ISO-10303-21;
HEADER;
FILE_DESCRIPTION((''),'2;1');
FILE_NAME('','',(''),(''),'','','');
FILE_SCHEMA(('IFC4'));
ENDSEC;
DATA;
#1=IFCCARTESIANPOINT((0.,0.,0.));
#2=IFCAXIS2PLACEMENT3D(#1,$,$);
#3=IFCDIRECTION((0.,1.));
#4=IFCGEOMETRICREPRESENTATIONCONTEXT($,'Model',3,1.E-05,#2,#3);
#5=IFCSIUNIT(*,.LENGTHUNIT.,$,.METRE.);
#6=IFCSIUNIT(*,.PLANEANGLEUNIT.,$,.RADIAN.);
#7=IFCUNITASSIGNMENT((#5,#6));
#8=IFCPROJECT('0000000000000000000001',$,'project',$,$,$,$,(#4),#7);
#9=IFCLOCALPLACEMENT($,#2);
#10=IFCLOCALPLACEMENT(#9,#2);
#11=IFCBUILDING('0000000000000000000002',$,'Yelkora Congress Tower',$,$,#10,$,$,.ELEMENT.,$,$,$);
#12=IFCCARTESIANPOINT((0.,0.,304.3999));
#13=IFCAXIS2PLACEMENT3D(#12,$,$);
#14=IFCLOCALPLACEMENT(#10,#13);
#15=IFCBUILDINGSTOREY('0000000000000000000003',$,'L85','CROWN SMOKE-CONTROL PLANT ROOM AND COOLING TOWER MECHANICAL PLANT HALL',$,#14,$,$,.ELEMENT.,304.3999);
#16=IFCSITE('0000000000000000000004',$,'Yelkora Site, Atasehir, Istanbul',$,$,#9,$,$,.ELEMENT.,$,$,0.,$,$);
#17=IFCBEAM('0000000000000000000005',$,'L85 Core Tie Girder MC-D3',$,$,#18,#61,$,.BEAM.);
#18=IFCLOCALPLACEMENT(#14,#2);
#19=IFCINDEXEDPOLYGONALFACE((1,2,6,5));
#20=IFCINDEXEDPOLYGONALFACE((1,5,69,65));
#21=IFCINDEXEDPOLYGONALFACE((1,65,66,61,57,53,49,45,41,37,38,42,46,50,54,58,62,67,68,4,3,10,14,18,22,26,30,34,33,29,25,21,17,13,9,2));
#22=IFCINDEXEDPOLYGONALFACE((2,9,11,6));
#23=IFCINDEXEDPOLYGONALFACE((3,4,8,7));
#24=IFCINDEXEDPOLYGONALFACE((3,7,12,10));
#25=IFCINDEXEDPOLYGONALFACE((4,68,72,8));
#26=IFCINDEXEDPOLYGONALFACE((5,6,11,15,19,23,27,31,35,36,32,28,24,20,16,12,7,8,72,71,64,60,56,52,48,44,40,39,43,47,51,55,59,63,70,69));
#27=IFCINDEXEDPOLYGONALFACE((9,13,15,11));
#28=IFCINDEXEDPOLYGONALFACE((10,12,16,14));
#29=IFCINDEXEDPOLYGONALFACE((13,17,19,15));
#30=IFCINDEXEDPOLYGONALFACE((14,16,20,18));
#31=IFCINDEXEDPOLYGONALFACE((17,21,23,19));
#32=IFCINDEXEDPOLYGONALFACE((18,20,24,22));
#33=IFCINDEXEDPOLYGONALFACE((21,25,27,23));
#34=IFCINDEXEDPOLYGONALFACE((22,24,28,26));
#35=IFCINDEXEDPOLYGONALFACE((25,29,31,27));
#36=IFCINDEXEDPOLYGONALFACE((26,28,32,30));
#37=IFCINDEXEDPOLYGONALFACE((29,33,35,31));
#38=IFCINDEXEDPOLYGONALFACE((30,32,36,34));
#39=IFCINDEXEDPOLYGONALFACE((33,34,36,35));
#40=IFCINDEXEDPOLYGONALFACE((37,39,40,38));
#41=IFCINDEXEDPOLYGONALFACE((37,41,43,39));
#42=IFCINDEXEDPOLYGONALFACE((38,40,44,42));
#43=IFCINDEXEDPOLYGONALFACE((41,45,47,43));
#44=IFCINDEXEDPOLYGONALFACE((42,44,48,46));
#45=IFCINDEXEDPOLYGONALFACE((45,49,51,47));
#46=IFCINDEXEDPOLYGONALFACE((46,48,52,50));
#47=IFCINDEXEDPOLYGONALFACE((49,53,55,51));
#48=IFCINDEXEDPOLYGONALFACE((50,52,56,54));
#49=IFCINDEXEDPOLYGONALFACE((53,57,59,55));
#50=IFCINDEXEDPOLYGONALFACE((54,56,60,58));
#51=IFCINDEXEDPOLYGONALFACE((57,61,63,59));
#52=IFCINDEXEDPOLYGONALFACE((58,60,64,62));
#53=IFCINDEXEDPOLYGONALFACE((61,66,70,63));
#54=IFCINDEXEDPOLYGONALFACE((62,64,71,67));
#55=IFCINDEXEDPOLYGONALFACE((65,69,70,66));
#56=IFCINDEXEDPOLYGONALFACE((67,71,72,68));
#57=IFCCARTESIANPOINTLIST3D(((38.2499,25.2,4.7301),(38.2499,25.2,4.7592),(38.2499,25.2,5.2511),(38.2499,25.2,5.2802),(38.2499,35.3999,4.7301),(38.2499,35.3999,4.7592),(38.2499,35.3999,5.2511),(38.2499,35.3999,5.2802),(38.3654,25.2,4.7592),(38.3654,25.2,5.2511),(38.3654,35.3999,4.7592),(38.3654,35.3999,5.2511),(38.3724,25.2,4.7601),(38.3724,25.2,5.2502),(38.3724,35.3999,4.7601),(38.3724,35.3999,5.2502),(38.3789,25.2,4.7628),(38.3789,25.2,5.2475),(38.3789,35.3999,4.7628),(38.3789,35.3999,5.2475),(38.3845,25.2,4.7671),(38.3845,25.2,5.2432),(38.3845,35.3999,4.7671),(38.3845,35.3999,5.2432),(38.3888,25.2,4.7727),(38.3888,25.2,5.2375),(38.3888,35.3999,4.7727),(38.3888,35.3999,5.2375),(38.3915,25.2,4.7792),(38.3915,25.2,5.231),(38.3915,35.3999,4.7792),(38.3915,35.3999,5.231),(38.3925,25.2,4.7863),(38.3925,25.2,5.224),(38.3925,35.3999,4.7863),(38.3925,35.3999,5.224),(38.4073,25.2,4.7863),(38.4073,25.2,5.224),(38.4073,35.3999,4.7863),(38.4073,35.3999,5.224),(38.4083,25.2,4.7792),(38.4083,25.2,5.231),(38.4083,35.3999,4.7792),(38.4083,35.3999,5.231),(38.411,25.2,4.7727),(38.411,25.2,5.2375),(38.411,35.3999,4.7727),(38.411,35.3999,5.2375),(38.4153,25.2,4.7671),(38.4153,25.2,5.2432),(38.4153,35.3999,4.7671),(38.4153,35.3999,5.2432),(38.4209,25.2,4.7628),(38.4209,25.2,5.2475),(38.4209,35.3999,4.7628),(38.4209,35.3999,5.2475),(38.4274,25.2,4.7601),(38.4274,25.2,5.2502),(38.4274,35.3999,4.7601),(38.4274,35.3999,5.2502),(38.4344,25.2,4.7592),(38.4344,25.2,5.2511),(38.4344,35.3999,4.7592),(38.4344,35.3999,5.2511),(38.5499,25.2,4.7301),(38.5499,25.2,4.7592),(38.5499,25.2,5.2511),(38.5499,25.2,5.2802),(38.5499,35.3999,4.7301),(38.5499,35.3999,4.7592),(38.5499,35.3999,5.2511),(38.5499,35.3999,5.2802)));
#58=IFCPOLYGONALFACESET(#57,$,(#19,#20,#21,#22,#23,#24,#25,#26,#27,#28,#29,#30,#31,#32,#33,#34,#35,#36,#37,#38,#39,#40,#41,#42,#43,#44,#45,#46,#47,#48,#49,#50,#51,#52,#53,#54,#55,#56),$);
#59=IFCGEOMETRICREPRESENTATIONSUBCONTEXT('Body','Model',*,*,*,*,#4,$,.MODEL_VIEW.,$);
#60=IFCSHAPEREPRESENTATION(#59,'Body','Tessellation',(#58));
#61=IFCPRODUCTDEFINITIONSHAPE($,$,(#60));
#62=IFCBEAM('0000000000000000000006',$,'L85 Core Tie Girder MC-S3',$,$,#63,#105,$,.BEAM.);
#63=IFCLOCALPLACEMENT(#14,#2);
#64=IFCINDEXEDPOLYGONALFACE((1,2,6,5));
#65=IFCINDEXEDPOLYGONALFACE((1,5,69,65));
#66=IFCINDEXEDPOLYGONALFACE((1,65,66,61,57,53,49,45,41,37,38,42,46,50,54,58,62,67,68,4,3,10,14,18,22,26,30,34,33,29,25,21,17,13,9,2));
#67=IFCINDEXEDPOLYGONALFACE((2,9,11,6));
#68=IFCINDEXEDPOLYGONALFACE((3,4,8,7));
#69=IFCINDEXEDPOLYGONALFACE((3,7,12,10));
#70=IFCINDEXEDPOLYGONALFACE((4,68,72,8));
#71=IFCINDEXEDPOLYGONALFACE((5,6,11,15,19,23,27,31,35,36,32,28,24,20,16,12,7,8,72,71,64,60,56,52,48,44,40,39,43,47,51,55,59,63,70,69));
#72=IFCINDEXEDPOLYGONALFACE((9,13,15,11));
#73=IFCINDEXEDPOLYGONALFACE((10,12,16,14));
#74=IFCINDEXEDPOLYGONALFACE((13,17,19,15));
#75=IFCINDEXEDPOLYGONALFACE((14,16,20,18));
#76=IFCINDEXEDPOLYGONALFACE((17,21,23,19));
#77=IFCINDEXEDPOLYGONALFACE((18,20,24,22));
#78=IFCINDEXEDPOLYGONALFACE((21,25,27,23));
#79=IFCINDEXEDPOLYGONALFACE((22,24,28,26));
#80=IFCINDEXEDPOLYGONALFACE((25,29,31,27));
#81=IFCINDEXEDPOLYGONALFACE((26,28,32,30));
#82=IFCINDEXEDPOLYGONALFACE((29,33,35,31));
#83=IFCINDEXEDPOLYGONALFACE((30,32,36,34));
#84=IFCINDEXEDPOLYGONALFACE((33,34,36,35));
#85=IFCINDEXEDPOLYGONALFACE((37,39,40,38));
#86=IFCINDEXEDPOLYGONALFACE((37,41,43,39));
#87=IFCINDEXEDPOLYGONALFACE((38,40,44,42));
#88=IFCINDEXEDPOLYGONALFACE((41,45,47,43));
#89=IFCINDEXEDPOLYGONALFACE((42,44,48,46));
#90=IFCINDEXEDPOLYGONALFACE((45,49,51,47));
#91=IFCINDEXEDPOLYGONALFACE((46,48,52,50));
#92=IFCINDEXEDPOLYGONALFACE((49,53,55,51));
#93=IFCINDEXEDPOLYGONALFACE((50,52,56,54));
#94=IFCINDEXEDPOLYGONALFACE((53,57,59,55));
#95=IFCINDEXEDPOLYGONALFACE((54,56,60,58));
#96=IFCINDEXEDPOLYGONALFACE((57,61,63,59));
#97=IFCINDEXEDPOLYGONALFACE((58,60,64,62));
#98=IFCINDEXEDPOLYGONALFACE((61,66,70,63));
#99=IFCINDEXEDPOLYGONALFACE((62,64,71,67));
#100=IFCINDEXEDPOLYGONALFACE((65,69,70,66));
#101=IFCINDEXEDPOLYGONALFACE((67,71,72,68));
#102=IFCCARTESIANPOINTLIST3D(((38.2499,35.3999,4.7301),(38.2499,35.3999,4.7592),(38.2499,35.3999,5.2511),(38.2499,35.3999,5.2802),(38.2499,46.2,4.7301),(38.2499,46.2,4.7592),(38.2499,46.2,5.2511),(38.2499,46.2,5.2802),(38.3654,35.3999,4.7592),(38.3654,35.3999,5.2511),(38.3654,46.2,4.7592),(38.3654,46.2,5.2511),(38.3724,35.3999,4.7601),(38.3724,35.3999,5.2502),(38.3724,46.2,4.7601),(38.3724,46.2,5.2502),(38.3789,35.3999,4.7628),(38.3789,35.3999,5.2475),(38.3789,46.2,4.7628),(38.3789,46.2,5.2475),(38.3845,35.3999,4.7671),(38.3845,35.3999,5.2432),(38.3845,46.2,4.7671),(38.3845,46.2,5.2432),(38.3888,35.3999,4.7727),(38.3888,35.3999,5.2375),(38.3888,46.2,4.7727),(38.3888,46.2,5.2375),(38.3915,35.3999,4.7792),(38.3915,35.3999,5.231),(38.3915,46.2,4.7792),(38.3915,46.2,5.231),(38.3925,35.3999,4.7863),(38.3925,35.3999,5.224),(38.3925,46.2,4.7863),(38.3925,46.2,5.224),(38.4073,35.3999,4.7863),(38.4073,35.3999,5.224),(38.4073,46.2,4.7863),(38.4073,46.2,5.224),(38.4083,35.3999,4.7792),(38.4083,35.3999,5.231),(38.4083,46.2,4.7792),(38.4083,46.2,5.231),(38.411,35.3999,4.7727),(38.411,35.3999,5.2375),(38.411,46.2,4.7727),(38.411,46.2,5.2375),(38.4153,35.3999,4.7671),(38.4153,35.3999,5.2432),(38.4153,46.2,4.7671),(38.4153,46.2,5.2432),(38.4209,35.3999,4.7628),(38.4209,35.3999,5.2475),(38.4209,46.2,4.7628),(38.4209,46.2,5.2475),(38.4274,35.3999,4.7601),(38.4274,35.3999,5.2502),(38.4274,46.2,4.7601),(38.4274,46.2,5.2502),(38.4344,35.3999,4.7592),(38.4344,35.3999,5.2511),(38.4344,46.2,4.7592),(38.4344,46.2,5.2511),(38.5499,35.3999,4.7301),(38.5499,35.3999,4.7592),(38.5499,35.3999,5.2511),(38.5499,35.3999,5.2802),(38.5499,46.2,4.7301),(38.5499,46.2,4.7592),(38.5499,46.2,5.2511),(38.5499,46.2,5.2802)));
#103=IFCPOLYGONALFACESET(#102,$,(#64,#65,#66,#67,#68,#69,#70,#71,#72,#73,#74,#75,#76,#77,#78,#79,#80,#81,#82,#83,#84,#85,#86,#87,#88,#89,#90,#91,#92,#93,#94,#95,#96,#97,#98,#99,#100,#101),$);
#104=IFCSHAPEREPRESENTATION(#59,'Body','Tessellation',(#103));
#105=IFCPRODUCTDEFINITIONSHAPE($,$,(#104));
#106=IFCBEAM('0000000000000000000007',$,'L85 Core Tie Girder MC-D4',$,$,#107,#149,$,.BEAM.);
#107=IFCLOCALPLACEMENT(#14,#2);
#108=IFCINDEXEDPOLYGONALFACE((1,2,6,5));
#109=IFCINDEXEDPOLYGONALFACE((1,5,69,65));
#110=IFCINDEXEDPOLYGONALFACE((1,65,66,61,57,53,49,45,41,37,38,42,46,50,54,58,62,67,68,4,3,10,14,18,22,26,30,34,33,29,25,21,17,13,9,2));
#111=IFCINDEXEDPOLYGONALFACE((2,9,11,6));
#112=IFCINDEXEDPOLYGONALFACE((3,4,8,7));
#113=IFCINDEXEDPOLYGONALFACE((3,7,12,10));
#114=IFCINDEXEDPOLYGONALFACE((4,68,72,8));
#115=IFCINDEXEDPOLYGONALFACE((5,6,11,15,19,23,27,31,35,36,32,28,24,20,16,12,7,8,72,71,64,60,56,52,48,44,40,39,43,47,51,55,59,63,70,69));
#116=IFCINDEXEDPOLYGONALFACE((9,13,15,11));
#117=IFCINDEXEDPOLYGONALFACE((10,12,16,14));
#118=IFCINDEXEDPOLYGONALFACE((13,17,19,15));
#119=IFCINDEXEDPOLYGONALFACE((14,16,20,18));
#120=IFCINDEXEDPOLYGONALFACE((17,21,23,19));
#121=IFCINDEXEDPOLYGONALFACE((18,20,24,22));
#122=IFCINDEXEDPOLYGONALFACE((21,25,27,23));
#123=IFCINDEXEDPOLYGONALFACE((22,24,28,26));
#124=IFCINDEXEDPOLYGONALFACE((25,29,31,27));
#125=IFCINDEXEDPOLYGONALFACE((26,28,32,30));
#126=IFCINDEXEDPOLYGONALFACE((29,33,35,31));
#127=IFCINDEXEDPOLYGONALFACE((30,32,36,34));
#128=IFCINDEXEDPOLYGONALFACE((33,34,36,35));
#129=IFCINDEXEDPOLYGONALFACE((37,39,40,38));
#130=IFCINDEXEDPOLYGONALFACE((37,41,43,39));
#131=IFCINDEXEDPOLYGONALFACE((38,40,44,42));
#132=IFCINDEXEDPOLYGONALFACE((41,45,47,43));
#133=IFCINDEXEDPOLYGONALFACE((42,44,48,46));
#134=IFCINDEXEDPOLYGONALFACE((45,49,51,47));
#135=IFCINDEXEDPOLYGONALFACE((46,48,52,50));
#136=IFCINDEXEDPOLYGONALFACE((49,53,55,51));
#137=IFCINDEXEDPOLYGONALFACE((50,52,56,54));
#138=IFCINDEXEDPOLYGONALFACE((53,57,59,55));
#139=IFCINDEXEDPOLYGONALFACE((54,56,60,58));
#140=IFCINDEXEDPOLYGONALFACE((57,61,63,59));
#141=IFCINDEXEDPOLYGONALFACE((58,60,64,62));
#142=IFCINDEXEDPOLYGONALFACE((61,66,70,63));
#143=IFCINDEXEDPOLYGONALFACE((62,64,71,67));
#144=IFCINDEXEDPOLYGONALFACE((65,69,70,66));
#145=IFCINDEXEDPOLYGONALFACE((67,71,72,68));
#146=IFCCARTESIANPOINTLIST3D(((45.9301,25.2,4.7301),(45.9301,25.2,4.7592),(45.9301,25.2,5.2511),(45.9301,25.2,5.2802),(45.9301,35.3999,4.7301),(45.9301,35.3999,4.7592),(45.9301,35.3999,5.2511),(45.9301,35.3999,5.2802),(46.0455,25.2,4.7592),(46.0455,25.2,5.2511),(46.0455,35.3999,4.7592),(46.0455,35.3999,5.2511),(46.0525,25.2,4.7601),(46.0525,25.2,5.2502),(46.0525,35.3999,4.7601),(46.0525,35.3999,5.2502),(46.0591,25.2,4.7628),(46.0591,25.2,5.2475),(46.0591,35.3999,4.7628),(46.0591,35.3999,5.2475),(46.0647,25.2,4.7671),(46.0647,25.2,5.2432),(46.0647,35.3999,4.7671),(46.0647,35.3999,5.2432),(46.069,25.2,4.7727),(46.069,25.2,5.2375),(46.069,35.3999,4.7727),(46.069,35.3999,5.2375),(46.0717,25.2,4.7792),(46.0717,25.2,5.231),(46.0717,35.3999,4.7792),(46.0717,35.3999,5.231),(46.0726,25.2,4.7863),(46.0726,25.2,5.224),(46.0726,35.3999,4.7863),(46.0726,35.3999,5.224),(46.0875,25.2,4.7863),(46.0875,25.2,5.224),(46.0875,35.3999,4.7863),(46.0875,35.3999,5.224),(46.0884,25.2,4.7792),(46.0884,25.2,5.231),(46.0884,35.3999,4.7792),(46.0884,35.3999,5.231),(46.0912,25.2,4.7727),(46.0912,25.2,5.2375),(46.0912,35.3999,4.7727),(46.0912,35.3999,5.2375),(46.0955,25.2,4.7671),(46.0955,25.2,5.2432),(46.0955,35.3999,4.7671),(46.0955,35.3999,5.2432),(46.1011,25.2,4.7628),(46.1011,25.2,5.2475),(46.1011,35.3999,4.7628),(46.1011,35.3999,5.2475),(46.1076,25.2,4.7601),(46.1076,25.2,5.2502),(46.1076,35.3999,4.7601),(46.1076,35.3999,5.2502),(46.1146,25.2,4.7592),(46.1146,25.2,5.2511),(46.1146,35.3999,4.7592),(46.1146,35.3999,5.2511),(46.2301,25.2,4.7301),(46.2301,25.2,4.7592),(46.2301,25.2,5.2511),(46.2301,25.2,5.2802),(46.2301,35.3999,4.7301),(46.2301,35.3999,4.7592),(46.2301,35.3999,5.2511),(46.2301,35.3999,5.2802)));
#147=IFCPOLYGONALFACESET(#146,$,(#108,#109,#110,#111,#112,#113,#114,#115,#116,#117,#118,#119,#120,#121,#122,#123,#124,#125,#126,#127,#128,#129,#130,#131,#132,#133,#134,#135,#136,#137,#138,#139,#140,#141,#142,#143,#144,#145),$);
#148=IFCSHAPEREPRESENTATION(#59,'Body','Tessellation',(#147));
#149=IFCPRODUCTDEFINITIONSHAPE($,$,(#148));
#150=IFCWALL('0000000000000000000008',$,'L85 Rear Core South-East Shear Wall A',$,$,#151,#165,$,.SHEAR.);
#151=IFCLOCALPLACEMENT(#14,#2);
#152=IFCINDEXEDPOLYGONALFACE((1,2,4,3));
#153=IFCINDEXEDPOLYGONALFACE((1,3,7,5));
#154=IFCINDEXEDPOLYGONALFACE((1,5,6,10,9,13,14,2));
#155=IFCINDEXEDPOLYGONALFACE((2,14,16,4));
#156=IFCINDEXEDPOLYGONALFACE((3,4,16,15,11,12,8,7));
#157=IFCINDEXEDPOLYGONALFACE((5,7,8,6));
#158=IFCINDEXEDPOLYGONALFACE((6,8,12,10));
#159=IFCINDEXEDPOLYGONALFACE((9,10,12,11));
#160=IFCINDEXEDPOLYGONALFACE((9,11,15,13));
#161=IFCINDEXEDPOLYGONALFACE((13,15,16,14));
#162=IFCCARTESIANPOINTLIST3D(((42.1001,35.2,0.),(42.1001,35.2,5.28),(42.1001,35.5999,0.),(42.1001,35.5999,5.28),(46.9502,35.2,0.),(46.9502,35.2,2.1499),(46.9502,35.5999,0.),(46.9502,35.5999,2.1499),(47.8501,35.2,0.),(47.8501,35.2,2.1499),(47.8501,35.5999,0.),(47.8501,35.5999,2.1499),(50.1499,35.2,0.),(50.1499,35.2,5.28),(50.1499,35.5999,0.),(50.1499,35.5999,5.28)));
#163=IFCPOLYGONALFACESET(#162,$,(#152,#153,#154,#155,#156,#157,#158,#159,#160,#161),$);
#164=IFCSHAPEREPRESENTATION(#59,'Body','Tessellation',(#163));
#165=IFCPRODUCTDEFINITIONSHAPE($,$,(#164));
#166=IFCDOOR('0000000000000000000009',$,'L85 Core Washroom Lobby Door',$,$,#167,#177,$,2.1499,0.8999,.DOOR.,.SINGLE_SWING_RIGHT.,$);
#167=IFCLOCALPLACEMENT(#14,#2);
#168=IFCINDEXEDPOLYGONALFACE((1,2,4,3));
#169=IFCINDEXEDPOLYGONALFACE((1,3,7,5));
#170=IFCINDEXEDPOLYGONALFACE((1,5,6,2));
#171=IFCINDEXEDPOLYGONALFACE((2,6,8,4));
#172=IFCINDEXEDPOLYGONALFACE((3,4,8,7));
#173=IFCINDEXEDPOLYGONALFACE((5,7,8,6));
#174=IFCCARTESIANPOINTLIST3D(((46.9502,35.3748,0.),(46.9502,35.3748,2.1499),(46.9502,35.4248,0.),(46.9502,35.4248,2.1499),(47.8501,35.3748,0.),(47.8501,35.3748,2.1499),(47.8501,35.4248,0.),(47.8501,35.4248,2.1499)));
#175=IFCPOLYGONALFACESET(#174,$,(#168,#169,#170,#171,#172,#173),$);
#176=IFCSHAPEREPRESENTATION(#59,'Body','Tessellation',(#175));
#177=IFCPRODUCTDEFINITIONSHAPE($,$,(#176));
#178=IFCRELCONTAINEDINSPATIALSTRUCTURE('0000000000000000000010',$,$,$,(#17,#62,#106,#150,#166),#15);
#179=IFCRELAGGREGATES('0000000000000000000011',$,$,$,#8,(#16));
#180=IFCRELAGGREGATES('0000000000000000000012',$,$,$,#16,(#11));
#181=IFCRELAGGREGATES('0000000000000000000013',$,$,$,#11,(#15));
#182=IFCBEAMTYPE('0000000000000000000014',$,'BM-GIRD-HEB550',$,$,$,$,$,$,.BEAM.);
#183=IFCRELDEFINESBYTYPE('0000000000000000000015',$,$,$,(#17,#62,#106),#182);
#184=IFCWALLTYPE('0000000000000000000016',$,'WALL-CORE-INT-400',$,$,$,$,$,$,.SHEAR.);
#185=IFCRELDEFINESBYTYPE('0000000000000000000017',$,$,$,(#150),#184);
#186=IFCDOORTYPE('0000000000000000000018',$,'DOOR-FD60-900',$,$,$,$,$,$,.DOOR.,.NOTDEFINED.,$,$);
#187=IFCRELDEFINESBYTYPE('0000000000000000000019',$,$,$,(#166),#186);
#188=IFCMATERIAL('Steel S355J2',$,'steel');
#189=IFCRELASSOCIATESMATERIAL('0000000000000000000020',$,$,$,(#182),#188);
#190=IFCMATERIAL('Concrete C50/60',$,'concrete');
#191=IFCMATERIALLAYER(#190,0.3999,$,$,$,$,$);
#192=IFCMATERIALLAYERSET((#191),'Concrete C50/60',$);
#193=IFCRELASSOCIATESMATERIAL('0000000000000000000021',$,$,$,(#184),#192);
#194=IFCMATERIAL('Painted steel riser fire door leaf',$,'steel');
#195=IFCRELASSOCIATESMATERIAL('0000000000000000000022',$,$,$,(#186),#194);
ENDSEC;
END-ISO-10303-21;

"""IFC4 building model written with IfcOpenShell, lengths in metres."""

from ifc_helpers import new_model, si_unit, direction, frame, frame_2d, origin, origin_2d, place, context, subcontext, project, spatial, rectangle, i_section, extrude, material, layer, layer_set, material_profile, profile_set, type_object, element, fill, save


model = new_model("IFC4")

# Units and contexts
model_context = context("Model", 3, precision=1e-05, world=origin(), true_north=direction((0.0, 1.0)))
body_context = subcontext(model_context, "Body", "Model", "MODEL_VIEW")
ifc_project = project(units=[si_unit("LENGTHUNIT", "METRE"), si_unit("PLANEANGLEUNIT", "RADIAN")], contexts=[model_context])

# Site, building, storey
site_placement = place(None, origin())
site = spatial("IfcSite", under=ifc_project, at=site_placement, Name="Yelkora Site, Atasehir, Istanbul", CompositionType="ELEMENT", RefElevation=0.0)
building_placement = place(site_placement, origin())
building = spatial("IfcBuilding", under=site, at=building_placement, Name="Yelkora Congress Tower", CompositionType="ELEMENT")
storey_placement = place(building_placement, frame((0.0, 0.0, 304.3999)))
storey = spatial("IfcBuildingStorey", under=building, at=storey_placement, Name="L85", Description="CROWN SMOKE-CONTROL PLANT ROOM AND COOLING TOWER MECHANICAL PLANT HALL", CompositionType="ELEMENT", Elevation=304.3999)

# Beams
ifc_material_1 = material(Name="Steel S355J2", Category="steel")
ifc_material_profile_1 = material_profile(ifc_material_1, i_section(OverallWidth=0.3, OverallDepth=0.55, WebThickness=0.0149, FlangeThickness=0.0291, FilletRadius=0.0271, at=origin_2d()), Name="HEB 550")
ifc_profile_set_1 = profile_set([ifc_material_profile_1], Name="Steel S355J2")
beam_type = type_object("IfcBeamType", Name="BM-GIRD-HEB550", PredefinedType="BEAM", material=ifc_profile_set_1)
beam_1_placement = place(storey_placement, frame((38.3999, 25.2, 5.0051), z_axis=(0.0, 1.0, 0.0), x_axis=(-1.0, 0.0, 0.0)))
element("IfcBeam", 1, at=beam_1_placement, inside=storey, type_object=beam_type, Name="L85 Core Tie Girder MC-D3", PredefinedType="BEAM", context=body_context, shape_type="SweptSolid", body=[
    extrude(i_section(OverallWidth=0.3, OverallDepth=0.55, WebThickness=0.0149, FlangeThickness=0.0291, FilletRadius=0.0271, at=origin_2d()), origin(), (0.0, 0.0, 1.0), 10.2),
])
beam_2_placement = place(storey_placement, frame((38.3999, 35.3999, 5.0051), z_axis=(0.0, 1.0, 0.0), x_axis=(-1.0, 0.0, 0.0)))
element("IfcBeam", 2, at=beam_2_placement, inside=storey, type_object=beam_type, Name="L85 Core Tie Girder MC-S3", PredefinedType="BEAM", context=body_context, shape_type="SweptSolid", body=[
    extrude(i_section(OverallWidth=0.3, OverallDepth=0.55, WebThickness=0.0149, FlangeThickness=0.0291, FilletRadius=0.0271, at=origin_2d()), origin(), (0.0, 0.0, 1.0), 10.8),
])
beam_3_placement = place(storey_placement, frame((46.0801, 25.2, 5.0051), z_axis=(0.0, 1.0, 0.0), x_axis=(-1.0, 0.0, 0.0)))
element("IfcBeam", 3, at=beam_3_placement, inside=storey, type_object=beam_type, Name="L85 Core Tie Girder MC-D4", PredefinedType="BEAM", context=body_context, shape_type="SweptSolid", body=[
    extrude(i_section(OverallWidth=0.3, OverallDepth=0.55, WebThickness=0.0149, FlangeThickness=0.0291, FilletRadius=0.0271, at=origin_2d()), origin(), (0.0, 0.0, 1.0), 10.2),
])

# Wall, opening, door
ifc_material_2 = material(Name="Concrete C50/60", Category="concrete")
ifc_layer_1 = layer(ifc_material_2, 0.3999)
ifc_layer_set_1 = layer_set([ifc_layer_1], Name="Concrete C50/60")
wall_type_1 = type_object("IfcWallType", Name="WALL-CORE-INT-400", PredefinedType="SHEAR", material=ifc_layer_set_1)
wall_1_placement = place(storey_placement, frame((42.1001, 35.3999, 0.0), z_axis=(0.0, 0.0, 1.0), x_axis=(1.0, 0.0, 0.0)))
wall_1 = element("IfcWall", 4, at=wall_1_placement, inside=storey, type_object=wall_type_1, Name="L85 Rear Core South-East Shear Wall A", PredefinedType="SHEAR", context=body_context, shape_type="SweptSolid", body=[
    extrude(rectangle(XDim=8.0498, YDim=0.3999, at=frame_2d((4.0249, 0.0))), origin(), (0.0, 0.0, 1.0), 5.28),
])
opening_1_placement = place(wall_1_placement, frame((4.8501, 0.0, 0.0)))
opening_1 = element("IfcOpeningElement", 5, at=opening_1_placement, cuts=wall_1, PredefinedType="OPENING", context=body_context, shape_type="SweptSolid", body=[
    extrude(rectangle(XDim=0.8999, YDim=2.1499, at=frame_2d((0.45, 1.075))), frame((0.0, 0.21, 0.0), z_axis=(0.0, -1.0, 0.0), x_axis=(1.0, 0.0, 0.0)), (0.0, 0.0, 1.0), 0.4199),
])
ifc_material_3 = material(Name="Painted steel riser fire door leaf", Category="steel")
door_type = type_object("IfcDoorType", Name="DOOR-FD60-900", OperationType="NOTDEFINED", PredefinedType="DOOR", material=ifc_material_3)
door_1_placement = place(opening_1_placement, origin())
door_1 = element("IfcDoor", 6, at=door_1_placement, inside=storey, type_object=door_type, Name="L85 Core Washroom Lobby Door", OperationType="SINGLE_SWING_RIGHT", OverallHeight=2.1499, OverallWidth=0.8999, PredefinedType="DOOR", context=body_context, shape_type="SweptSolid", body=[
    extrude(rectangle(XDim=0.8999, YDim=2.1499, at=frame_2d((0.45, 1.075))), frame((0.0, 0.0249, 0.0), z_axis=(0.0, -1.0, 0.0), x_axis=(1.0, 0.0, 0.0)), (0.0, 0.0, 1.0), 0.05),
])
fill(opening_1, door_1)

save(model, "model.ifc")
